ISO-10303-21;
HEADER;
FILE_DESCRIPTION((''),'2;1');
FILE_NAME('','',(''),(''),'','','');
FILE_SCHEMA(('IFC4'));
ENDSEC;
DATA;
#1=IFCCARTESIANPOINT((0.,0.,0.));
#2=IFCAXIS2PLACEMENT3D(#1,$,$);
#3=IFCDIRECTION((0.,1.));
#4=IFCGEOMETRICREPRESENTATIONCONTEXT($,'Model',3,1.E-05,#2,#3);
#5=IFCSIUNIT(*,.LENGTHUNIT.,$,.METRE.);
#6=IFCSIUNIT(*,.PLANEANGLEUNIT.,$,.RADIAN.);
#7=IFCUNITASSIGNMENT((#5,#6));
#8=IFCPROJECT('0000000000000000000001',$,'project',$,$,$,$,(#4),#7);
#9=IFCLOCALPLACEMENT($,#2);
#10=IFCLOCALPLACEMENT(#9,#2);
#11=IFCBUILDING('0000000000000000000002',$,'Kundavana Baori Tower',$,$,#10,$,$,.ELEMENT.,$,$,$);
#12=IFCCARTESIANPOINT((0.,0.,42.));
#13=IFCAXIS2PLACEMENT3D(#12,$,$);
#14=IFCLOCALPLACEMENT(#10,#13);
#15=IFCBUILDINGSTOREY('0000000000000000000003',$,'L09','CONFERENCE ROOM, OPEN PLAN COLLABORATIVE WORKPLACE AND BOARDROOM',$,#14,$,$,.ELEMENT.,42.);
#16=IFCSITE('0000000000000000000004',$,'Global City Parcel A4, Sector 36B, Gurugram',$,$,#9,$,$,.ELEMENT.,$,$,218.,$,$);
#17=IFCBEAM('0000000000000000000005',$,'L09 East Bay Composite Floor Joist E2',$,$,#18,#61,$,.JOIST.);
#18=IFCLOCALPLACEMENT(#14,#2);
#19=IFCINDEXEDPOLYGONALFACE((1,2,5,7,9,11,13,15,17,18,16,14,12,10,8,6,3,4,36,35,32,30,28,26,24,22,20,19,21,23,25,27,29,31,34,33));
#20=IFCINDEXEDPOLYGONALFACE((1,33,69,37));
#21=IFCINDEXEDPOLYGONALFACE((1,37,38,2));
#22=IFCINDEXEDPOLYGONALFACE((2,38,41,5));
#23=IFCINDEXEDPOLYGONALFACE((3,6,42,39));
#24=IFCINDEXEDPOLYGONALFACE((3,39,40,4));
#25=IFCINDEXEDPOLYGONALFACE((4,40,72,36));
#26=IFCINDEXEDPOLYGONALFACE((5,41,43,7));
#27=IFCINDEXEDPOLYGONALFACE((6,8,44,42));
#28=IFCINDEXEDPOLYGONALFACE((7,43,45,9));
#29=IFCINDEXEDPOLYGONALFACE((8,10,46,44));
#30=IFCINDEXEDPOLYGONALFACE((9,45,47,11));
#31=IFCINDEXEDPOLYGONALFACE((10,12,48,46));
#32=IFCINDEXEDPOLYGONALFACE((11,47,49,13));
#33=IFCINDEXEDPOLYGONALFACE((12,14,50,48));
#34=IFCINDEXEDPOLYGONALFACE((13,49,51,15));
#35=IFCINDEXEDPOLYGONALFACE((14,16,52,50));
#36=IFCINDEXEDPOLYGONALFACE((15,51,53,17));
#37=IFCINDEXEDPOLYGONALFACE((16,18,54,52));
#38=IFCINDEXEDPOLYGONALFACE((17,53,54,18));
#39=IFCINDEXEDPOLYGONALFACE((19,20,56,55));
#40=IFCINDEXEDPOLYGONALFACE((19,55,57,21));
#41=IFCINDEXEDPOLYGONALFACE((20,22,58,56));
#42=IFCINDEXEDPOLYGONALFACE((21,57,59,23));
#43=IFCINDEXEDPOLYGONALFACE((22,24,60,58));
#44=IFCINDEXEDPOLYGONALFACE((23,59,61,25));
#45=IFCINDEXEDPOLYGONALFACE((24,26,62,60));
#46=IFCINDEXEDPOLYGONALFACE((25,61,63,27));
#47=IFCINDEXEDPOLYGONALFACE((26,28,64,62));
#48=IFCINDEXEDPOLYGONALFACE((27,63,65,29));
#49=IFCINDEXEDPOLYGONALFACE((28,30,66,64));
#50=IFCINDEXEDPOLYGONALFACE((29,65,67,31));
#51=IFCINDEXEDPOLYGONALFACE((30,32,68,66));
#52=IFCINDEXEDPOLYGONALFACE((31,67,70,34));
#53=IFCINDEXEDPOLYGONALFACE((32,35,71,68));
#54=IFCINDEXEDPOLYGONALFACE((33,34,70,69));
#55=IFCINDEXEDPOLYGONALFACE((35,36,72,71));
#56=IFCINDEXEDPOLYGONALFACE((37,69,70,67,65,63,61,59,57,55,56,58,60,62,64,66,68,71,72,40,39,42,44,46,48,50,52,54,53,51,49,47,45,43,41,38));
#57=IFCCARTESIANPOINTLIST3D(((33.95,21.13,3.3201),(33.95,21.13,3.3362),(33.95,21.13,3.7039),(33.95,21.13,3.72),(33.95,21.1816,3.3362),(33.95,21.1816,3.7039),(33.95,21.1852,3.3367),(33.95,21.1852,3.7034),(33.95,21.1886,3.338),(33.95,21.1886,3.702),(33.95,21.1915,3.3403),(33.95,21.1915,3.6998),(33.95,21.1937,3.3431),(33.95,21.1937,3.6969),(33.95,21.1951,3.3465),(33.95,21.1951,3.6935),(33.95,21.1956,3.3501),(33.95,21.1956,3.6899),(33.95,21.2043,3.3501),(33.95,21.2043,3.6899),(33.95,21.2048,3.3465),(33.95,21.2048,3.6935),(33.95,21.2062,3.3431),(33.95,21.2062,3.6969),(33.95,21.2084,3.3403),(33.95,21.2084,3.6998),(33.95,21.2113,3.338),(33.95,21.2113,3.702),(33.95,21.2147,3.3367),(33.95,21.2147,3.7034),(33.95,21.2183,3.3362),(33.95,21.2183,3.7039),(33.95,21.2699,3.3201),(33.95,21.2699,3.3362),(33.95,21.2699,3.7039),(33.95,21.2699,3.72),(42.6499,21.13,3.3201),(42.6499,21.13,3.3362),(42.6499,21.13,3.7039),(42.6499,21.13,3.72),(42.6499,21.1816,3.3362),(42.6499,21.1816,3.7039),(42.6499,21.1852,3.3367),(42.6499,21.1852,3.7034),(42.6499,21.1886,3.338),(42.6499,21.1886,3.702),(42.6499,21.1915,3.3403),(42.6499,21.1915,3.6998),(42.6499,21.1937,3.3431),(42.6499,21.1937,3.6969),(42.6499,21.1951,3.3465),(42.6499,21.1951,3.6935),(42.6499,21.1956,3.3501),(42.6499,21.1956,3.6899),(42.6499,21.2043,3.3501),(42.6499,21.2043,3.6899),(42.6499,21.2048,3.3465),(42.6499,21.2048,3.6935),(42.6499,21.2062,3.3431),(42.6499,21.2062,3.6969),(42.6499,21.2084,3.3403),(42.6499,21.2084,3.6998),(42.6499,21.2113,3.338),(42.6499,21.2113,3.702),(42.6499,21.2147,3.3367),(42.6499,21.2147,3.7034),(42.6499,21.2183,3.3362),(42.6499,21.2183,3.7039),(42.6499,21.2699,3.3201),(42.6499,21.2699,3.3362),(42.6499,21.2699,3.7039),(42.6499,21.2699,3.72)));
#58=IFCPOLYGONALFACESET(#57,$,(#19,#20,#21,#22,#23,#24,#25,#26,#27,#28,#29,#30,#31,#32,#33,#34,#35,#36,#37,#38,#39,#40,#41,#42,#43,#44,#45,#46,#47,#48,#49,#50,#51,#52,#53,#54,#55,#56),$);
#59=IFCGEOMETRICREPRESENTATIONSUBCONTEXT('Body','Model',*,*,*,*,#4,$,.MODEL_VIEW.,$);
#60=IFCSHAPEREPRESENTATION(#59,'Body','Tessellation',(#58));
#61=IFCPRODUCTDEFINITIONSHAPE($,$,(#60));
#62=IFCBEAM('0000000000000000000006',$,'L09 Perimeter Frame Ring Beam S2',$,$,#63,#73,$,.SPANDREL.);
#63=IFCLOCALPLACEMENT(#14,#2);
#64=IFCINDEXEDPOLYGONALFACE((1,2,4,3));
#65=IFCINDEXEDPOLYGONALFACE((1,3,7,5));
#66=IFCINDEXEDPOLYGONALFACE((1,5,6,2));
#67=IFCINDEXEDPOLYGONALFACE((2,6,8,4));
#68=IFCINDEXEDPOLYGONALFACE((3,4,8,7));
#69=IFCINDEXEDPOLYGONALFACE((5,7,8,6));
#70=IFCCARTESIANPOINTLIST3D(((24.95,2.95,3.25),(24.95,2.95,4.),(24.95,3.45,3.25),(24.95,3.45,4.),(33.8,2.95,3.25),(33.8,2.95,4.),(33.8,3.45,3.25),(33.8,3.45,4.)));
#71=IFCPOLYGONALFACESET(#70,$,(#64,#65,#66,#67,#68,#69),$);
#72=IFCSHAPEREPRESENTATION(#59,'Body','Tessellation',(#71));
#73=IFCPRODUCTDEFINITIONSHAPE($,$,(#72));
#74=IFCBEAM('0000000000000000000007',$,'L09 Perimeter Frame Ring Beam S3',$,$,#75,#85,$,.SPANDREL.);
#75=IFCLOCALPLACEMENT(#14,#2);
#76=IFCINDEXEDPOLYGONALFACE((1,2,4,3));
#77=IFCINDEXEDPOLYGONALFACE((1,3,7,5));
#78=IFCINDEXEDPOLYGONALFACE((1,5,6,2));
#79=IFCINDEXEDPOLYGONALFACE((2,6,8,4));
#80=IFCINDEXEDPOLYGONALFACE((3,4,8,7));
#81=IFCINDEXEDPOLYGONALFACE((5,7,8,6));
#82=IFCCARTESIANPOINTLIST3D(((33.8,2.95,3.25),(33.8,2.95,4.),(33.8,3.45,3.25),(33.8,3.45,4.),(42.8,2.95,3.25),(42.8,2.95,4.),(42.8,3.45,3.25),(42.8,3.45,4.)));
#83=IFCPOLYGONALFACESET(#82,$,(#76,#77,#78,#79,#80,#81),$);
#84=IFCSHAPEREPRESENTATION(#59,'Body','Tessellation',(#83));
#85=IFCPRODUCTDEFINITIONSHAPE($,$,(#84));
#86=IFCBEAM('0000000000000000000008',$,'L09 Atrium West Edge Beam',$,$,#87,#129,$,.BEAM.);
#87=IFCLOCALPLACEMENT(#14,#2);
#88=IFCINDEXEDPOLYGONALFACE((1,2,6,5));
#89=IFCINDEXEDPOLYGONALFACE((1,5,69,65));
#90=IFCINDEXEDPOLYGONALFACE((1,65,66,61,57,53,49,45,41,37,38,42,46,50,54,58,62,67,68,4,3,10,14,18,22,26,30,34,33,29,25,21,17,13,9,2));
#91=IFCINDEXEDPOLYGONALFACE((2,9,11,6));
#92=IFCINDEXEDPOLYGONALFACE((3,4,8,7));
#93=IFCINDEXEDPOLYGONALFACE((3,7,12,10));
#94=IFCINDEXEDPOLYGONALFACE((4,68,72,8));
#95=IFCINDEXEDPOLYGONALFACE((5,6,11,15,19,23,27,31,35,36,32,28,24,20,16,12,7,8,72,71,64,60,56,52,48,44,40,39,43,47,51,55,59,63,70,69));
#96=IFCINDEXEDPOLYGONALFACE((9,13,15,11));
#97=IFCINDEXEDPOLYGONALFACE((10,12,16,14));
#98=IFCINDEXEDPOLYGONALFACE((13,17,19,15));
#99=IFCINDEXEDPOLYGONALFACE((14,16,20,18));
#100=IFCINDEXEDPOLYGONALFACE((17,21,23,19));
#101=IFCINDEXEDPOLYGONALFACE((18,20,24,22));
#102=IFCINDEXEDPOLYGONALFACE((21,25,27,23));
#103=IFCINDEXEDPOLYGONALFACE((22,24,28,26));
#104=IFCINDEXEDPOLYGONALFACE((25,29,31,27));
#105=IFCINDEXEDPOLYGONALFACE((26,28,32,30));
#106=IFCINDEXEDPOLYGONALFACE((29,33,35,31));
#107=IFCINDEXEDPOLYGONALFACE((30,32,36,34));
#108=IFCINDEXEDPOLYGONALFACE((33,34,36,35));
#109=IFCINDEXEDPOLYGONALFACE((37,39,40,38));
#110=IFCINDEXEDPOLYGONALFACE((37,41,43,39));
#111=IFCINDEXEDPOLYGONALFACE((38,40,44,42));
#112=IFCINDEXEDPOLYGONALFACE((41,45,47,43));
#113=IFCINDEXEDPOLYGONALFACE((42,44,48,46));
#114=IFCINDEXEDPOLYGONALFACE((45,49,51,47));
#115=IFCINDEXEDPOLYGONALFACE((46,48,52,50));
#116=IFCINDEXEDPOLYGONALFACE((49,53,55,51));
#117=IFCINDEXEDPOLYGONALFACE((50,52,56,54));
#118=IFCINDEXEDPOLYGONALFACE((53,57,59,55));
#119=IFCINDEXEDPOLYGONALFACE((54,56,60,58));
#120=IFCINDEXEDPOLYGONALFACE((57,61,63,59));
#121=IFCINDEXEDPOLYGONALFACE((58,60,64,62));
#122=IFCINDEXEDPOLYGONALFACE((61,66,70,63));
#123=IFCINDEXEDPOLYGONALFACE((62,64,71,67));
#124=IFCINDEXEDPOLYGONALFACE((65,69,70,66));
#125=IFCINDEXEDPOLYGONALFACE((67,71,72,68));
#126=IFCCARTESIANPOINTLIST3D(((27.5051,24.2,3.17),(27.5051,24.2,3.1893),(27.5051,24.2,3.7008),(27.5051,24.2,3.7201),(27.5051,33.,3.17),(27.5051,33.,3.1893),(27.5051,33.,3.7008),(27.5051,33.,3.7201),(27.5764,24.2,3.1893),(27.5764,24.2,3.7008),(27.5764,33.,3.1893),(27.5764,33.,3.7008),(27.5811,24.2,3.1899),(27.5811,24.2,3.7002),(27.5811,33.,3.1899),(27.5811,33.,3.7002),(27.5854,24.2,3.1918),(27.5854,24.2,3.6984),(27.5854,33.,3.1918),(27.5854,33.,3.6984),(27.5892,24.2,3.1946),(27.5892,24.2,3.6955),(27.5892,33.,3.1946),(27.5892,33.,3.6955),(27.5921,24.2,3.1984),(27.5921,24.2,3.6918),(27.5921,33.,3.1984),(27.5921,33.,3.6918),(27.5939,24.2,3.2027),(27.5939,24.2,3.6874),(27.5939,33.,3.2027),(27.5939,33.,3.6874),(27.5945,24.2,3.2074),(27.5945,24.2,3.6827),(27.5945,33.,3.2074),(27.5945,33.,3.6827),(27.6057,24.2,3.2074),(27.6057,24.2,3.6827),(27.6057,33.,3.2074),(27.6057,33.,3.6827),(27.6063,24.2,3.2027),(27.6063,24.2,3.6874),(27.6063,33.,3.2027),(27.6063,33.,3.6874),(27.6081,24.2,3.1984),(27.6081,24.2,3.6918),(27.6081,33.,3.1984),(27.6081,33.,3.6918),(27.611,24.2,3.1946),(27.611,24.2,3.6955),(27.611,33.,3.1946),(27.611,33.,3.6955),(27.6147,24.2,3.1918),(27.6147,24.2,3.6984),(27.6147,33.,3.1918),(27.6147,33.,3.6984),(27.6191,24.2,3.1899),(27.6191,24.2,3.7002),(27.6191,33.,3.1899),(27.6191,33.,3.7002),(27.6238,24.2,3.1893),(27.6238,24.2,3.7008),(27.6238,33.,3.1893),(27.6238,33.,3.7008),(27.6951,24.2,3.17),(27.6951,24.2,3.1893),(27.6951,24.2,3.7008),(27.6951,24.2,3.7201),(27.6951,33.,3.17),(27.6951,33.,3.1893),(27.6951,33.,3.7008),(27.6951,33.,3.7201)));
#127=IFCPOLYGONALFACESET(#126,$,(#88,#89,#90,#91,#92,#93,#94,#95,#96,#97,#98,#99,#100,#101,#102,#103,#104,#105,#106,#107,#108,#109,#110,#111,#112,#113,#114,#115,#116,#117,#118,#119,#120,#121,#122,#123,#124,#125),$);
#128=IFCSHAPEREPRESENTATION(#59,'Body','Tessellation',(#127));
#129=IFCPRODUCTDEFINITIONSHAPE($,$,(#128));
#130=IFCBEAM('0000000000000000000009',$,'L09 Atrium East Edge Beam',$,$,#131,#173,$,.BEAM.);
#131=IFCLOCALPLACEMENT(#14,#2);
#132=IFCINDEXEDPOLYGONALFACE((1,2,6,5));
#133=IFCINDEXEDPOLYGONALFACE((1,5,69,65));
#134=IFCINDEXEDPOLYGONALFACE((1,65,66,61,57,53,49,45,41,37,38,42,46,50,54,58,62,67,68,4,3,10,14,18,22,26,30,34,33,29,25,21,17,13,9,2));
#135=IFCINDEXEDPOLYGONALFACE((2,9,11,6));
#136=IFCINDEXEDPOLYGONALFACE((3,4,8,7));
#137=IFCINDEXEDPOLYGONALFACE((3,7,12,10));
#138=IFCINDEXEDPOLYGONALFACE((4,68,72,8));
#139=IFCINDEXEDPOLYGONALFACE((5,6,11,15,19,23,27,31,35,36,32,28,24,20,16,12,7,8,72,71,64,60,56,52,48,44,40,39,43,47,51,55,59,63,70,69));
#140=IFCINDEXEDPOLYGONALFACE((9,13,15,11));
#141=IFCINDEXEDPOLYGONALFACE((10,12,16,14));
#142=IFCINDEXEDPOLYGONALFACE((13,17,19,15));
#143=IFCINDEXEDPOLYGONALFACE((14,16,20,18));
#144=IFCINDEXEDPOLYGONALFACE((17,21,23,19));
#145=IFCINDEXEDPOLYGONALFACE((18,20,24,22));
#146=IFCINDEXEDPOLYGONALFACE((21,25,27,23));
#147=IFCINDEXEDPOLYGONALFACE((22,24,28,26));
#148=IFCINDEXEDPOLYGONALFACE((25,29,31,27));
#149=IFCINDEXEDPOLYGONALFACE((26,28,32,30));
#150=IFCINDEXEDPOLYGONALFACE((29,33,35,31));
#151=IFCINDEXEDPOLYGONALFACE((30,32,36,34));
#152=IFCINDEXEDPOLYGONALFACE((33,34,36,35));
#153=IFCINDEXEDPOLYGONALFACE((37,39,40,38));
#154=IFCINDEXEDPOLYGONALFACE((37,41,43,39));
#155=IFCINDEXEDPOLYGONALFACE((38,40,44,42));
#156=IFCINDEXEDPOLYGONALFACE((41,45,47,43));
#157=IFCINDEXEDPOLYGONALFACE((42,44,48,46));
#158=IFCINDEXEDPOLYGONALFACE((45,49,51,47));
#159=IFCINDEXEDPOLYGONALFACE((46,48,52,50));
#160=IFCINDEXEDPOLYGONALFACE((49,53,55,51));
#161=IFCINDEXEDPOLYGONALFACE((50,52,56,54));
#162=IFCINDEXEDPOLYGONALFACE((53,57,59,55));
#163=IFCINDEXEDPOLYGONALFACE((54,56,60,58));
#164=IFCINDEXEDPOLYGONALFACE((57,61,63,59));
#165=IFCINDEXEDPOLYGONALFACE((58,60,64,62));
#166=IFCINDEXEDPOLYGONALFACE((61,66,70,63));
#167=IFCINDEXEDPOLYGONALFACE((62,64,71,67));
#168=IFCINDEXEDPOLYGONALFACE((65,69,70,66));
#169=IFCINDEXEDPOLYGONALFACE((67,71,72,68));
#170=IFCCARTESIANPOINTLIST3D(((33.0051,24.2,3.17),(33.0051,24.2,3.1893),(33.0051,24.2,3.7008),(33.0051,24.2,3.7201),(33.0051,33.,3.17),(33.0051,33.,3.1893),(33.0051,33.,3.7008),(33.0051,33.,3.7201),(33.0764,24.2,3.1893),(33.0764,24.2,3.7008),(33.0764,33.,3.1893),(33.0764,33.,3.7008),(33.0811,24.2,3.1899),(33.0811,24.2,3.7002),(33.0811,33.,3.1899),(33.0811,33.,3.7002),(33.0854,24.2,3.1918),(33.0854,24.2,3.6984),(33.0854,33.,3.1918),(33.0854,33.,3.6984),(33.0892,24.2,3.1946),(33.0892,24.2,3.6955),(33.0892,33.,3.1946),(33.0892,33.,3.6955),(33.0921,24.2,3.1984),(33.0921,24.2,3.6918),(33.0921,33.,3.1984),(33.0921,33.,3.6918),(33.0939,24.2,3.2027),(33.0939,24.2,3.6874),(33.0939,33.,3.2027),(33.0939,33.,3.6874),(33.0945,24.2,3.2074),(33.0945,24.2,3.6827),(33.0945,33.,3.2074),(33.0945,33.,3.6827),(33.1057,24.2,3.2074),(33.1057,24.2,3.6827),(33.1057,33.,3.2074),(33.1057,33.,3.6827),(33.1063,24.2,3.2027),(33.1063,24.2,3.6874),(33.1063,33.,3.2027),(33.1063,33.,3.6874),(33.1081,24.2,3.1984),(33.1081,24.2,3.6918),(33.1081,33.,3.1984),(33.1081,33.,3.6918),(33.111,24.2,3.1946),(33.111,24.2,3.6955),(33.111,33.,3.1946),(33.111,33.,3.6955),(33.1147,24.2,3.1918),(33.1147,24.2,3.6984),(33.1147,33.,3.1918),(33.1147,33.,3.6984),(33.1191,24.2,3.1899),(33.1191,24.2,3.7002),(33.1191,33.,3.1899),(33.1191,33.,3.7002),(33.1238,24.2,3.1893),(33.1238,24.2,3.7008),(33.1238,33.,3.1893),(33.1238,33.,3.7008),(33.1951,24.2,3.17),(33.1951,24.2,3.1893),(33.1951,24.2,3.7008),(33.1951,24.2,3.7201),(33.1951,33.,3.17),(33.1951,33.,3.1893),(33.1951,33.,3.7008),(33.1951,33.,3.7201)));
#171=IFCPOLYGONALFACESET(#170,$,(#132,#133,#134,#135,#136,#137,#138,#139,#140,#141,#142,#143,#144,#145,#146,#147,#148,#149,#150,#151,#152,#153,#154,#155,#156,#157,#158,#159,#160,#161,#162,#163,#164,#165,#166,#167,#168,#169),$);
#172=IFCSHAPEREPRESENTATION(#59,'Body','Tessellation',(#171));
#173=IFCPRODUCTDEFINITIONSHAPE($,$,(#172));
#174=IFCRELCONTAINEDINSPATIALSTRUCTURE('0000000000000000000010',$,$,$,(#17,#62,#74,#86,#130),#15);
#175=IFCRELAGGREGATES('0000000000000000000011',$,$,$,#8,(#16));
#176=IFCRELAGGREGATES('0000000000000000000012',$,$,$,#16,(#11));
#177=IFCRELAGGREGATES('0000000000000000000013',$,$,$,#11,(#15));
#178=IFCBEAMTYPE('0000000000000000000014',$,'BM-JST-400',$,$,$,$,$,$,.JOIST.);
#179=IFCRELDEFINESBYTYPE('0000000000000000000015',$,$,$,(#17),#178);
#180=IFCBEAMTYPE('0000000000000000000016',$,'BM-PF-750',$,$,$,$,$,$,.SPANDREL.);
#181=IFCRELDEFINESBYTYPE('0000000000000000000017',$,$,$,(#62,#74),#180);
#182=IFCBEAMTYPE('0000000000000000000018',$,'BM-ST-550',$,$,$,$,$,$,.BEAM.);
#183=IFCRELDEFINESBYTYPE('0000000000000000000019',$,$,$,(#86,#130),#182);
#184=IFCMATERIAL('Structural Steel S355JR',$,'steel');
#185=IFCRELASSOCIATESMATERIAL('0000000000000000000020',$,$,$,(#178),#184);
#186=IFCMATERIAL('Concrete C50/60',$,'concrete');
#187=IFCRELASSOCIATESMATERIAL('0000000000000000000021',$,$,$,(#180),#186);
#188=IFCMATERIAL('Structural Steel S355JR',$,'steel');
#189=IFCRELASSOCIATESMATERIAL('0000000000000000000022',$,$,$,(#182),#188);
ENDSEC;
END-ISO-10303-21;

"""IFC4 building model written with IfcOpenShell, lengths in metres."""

from ifc_helpers import new_model, si_unit, direction, frame, origin, origin_2d, place, context, subcontext, project, spatial, rectangle, i_section, extrude, material, material_profile, profile_set, type_object, element, save


model = new_model("IFC4")

# Units and contexts
model_context = context("Model", 3, precision=1e-05, world=origin(), true_north=direction((0.0, 1.0)))
body_context = subcontext(model_context, "Body", "Model", "MODEL_VIEW")
ifc_project = project(units=[si_unit("LENGTHUNIT", "METRE"), si_unit("PLANEANGLEUNIT", "RADIAN")], contexts=[model_context])

# Site, building, storey
site_placement = place(None, origin())
site = spatial("IfcSite", under=ifc_project, at=site_placement, Name="Global City Parcel A4, Sector 36B, Gurugram", CompositionType="ELEMENT", RefElevation=218.0)
building_placement = place(site_placement, origin())
building = spatial("IfcBuilding", under=site, at=building_placement, Name="Kundavana Baori Tower", CompositionType="ELEMENT")
storey_placement = place(building_placement, frame((0.0, 0.0, 42.0)))
storey = spatial("IfcBuildingStorey", under=building, at=storey_placement, Name="L09", Description="CONFERENCE ROOM, OPEN PLAN COLLABORATIVE WORKPLACE AND BOARDROOM", CompositionType="ELEMENT", Elevation=42.0)

# Beams
ifc_material_1 = material(Name="Structural Steel S355JR", Category="steel")
ifc_material_profile_1 = material_profile(ifc_material_1, i_section(OverallWidth=0.1399, OverallDepth=0.3999, WebThickness=0.0088, FlangeThickness=0.0161, FilletRadius=0.0139, at=origin_2d()), Name="ISMB 400")
ifc_profile_set_1 = profile_set([ifc_material_profile_1], Name="Structural Steel S355JR")
beam_type_1 = type_object("IfcBeamType", Name="BM-JST-400", PredefinedType="JOIST", material=ifc_profile_set_1)
for number, where, z_axis, x_axis, name in (
    (1, (33.95, 21.2, 3.52), (1.0, 0.0, 0.0), (0.0, 1.0, 0.0), "L09 East Bay Composite Floor Joist E2"),
):
    element("IfcBeam", number, at=place(storey_placement, frame(where, z_axis=z_axis, x_axis=x_axis)), inside=storey, type_object=beam_type_1, Name=name, PredefinedType="JOIST", context=body_context, shape_type="SweptSolid", body=[
        extrude(i_section(OverallWidth=0.1399, OverallDepth=0.3999, WebThickness=0.0088, FlangeThickness=0.0161, FilletRadius=0.0139, at=origin_2d()), origin(), (0.0, 0.0, 1.0), 8.7),
    ])
ifc_material_2 = material(Name="Concrete C50/60", Category="concrete")
ifc_material_profile_2 = material_profile(ifc_material_2, rectangle(XDim=0.5, YDim=0.75, at=origin_2d()), Name="RC BM 500x750")
ifc_profile_set_2 = profile_set([ifc_material_profile_2], Name="Concrete C50/60")
beam_type_2 = type_object("IfcBeamType", Name="BM-PF-750", PredefinedType="SPANDREL", material=ifc_profile_set_2)
beam_1_placement = place(storey_placement, frame((24.95, 3.2, 3.625), z_axis=(1.0, 0.0, 0.0), x_axis=(0.0, 1.0, 0.0)))
element("IfcBeam", 2, at=beam_1_placement, inside=storey, type_object=beam_type_2, Name="L09 Perimeter Frame Ring Beam S2", PredefinedType="SPANDREL", context=body_context, shape_type="SweptSolid", body=[
    extrude(rectangle(XDim=0.5, YDim=0.75, at=origin_2d()), origin(), (0.0, 0.0, 1.0), 8.8501),
])
beam_2_placement = place(storey_placement, frame((33.8, 3.2, 3.625), z_axis=(1.0, 0.0, 0.0), x_axis=(0.0, 1.0, 0.0)))
element("IfcBeam", 3, at=beam_2_placement, inside=storey, type_object=beam_type_2, Name="L09 Perimeter Frame Ring Beam S3", PredefinedType="SPANDREL", context=body_context, shape_type="SweptSolid", body=[
    extrude(rectangle(XDim=0.5, YDim=0.75, at=origin_2d()), origin(), (0.0, 0.0, 1.0), 9.0),
])
ifc_material_3 = material(Name="Structural Steel S355JR", Category="steel")
ifc_material_profile_3 = material_profile(ifc_material_3, i_section(OverallWidth=0.1899, OverallDepth=0.55, WebThickness=0.0112, FlangeThickness=0.0193, FilletRadius=0.0181, at=origin_2d()), Name="ISMB 550")
ifc_profile_set_3 = profile_set([ifc_material_profile_3], Name="Structural Steel S355JR")
beam_type_3 = type_object("IfcBeamType", Name="BM-ST-550", PredefinedType="BEAM", material=ifc_profile_set_3)
for number, where, z_axis, x_axis, name in (
    (4, (27.6001, 24.2, 3.4451), (0.0, 1.0, 0.0), (-1.0, 0.0, 0.0), "L09 Atrium West Edge Beam"),
    (5, (33.1001, 24.2, 3.4451), (0.0, 1.0, 0.0), (-1.0, 0.0, 0.0), "L09 Atrium East Edge Beam"),
):
    element("IfcBeam", number, at=place(storey_placement, frame(where, z_axis=z_axis, x_axis=x_axis)), inside=storey, type_object=beam_type_3, Name=name, PredefinedType="BEAM", context=body_context, shape_type="SweptSolid", body=[
        extrude(i_section(OverallWidth=0.1899, OverallDepth=0.55, WebThickness=0.0112, FlangeThickness=0.0193, FilletRadius=0.0181, at=origin_2d()), origin(), (0.0, 0.0, 1.0), 8.8),
    ])

save(model, "model.ifc")
